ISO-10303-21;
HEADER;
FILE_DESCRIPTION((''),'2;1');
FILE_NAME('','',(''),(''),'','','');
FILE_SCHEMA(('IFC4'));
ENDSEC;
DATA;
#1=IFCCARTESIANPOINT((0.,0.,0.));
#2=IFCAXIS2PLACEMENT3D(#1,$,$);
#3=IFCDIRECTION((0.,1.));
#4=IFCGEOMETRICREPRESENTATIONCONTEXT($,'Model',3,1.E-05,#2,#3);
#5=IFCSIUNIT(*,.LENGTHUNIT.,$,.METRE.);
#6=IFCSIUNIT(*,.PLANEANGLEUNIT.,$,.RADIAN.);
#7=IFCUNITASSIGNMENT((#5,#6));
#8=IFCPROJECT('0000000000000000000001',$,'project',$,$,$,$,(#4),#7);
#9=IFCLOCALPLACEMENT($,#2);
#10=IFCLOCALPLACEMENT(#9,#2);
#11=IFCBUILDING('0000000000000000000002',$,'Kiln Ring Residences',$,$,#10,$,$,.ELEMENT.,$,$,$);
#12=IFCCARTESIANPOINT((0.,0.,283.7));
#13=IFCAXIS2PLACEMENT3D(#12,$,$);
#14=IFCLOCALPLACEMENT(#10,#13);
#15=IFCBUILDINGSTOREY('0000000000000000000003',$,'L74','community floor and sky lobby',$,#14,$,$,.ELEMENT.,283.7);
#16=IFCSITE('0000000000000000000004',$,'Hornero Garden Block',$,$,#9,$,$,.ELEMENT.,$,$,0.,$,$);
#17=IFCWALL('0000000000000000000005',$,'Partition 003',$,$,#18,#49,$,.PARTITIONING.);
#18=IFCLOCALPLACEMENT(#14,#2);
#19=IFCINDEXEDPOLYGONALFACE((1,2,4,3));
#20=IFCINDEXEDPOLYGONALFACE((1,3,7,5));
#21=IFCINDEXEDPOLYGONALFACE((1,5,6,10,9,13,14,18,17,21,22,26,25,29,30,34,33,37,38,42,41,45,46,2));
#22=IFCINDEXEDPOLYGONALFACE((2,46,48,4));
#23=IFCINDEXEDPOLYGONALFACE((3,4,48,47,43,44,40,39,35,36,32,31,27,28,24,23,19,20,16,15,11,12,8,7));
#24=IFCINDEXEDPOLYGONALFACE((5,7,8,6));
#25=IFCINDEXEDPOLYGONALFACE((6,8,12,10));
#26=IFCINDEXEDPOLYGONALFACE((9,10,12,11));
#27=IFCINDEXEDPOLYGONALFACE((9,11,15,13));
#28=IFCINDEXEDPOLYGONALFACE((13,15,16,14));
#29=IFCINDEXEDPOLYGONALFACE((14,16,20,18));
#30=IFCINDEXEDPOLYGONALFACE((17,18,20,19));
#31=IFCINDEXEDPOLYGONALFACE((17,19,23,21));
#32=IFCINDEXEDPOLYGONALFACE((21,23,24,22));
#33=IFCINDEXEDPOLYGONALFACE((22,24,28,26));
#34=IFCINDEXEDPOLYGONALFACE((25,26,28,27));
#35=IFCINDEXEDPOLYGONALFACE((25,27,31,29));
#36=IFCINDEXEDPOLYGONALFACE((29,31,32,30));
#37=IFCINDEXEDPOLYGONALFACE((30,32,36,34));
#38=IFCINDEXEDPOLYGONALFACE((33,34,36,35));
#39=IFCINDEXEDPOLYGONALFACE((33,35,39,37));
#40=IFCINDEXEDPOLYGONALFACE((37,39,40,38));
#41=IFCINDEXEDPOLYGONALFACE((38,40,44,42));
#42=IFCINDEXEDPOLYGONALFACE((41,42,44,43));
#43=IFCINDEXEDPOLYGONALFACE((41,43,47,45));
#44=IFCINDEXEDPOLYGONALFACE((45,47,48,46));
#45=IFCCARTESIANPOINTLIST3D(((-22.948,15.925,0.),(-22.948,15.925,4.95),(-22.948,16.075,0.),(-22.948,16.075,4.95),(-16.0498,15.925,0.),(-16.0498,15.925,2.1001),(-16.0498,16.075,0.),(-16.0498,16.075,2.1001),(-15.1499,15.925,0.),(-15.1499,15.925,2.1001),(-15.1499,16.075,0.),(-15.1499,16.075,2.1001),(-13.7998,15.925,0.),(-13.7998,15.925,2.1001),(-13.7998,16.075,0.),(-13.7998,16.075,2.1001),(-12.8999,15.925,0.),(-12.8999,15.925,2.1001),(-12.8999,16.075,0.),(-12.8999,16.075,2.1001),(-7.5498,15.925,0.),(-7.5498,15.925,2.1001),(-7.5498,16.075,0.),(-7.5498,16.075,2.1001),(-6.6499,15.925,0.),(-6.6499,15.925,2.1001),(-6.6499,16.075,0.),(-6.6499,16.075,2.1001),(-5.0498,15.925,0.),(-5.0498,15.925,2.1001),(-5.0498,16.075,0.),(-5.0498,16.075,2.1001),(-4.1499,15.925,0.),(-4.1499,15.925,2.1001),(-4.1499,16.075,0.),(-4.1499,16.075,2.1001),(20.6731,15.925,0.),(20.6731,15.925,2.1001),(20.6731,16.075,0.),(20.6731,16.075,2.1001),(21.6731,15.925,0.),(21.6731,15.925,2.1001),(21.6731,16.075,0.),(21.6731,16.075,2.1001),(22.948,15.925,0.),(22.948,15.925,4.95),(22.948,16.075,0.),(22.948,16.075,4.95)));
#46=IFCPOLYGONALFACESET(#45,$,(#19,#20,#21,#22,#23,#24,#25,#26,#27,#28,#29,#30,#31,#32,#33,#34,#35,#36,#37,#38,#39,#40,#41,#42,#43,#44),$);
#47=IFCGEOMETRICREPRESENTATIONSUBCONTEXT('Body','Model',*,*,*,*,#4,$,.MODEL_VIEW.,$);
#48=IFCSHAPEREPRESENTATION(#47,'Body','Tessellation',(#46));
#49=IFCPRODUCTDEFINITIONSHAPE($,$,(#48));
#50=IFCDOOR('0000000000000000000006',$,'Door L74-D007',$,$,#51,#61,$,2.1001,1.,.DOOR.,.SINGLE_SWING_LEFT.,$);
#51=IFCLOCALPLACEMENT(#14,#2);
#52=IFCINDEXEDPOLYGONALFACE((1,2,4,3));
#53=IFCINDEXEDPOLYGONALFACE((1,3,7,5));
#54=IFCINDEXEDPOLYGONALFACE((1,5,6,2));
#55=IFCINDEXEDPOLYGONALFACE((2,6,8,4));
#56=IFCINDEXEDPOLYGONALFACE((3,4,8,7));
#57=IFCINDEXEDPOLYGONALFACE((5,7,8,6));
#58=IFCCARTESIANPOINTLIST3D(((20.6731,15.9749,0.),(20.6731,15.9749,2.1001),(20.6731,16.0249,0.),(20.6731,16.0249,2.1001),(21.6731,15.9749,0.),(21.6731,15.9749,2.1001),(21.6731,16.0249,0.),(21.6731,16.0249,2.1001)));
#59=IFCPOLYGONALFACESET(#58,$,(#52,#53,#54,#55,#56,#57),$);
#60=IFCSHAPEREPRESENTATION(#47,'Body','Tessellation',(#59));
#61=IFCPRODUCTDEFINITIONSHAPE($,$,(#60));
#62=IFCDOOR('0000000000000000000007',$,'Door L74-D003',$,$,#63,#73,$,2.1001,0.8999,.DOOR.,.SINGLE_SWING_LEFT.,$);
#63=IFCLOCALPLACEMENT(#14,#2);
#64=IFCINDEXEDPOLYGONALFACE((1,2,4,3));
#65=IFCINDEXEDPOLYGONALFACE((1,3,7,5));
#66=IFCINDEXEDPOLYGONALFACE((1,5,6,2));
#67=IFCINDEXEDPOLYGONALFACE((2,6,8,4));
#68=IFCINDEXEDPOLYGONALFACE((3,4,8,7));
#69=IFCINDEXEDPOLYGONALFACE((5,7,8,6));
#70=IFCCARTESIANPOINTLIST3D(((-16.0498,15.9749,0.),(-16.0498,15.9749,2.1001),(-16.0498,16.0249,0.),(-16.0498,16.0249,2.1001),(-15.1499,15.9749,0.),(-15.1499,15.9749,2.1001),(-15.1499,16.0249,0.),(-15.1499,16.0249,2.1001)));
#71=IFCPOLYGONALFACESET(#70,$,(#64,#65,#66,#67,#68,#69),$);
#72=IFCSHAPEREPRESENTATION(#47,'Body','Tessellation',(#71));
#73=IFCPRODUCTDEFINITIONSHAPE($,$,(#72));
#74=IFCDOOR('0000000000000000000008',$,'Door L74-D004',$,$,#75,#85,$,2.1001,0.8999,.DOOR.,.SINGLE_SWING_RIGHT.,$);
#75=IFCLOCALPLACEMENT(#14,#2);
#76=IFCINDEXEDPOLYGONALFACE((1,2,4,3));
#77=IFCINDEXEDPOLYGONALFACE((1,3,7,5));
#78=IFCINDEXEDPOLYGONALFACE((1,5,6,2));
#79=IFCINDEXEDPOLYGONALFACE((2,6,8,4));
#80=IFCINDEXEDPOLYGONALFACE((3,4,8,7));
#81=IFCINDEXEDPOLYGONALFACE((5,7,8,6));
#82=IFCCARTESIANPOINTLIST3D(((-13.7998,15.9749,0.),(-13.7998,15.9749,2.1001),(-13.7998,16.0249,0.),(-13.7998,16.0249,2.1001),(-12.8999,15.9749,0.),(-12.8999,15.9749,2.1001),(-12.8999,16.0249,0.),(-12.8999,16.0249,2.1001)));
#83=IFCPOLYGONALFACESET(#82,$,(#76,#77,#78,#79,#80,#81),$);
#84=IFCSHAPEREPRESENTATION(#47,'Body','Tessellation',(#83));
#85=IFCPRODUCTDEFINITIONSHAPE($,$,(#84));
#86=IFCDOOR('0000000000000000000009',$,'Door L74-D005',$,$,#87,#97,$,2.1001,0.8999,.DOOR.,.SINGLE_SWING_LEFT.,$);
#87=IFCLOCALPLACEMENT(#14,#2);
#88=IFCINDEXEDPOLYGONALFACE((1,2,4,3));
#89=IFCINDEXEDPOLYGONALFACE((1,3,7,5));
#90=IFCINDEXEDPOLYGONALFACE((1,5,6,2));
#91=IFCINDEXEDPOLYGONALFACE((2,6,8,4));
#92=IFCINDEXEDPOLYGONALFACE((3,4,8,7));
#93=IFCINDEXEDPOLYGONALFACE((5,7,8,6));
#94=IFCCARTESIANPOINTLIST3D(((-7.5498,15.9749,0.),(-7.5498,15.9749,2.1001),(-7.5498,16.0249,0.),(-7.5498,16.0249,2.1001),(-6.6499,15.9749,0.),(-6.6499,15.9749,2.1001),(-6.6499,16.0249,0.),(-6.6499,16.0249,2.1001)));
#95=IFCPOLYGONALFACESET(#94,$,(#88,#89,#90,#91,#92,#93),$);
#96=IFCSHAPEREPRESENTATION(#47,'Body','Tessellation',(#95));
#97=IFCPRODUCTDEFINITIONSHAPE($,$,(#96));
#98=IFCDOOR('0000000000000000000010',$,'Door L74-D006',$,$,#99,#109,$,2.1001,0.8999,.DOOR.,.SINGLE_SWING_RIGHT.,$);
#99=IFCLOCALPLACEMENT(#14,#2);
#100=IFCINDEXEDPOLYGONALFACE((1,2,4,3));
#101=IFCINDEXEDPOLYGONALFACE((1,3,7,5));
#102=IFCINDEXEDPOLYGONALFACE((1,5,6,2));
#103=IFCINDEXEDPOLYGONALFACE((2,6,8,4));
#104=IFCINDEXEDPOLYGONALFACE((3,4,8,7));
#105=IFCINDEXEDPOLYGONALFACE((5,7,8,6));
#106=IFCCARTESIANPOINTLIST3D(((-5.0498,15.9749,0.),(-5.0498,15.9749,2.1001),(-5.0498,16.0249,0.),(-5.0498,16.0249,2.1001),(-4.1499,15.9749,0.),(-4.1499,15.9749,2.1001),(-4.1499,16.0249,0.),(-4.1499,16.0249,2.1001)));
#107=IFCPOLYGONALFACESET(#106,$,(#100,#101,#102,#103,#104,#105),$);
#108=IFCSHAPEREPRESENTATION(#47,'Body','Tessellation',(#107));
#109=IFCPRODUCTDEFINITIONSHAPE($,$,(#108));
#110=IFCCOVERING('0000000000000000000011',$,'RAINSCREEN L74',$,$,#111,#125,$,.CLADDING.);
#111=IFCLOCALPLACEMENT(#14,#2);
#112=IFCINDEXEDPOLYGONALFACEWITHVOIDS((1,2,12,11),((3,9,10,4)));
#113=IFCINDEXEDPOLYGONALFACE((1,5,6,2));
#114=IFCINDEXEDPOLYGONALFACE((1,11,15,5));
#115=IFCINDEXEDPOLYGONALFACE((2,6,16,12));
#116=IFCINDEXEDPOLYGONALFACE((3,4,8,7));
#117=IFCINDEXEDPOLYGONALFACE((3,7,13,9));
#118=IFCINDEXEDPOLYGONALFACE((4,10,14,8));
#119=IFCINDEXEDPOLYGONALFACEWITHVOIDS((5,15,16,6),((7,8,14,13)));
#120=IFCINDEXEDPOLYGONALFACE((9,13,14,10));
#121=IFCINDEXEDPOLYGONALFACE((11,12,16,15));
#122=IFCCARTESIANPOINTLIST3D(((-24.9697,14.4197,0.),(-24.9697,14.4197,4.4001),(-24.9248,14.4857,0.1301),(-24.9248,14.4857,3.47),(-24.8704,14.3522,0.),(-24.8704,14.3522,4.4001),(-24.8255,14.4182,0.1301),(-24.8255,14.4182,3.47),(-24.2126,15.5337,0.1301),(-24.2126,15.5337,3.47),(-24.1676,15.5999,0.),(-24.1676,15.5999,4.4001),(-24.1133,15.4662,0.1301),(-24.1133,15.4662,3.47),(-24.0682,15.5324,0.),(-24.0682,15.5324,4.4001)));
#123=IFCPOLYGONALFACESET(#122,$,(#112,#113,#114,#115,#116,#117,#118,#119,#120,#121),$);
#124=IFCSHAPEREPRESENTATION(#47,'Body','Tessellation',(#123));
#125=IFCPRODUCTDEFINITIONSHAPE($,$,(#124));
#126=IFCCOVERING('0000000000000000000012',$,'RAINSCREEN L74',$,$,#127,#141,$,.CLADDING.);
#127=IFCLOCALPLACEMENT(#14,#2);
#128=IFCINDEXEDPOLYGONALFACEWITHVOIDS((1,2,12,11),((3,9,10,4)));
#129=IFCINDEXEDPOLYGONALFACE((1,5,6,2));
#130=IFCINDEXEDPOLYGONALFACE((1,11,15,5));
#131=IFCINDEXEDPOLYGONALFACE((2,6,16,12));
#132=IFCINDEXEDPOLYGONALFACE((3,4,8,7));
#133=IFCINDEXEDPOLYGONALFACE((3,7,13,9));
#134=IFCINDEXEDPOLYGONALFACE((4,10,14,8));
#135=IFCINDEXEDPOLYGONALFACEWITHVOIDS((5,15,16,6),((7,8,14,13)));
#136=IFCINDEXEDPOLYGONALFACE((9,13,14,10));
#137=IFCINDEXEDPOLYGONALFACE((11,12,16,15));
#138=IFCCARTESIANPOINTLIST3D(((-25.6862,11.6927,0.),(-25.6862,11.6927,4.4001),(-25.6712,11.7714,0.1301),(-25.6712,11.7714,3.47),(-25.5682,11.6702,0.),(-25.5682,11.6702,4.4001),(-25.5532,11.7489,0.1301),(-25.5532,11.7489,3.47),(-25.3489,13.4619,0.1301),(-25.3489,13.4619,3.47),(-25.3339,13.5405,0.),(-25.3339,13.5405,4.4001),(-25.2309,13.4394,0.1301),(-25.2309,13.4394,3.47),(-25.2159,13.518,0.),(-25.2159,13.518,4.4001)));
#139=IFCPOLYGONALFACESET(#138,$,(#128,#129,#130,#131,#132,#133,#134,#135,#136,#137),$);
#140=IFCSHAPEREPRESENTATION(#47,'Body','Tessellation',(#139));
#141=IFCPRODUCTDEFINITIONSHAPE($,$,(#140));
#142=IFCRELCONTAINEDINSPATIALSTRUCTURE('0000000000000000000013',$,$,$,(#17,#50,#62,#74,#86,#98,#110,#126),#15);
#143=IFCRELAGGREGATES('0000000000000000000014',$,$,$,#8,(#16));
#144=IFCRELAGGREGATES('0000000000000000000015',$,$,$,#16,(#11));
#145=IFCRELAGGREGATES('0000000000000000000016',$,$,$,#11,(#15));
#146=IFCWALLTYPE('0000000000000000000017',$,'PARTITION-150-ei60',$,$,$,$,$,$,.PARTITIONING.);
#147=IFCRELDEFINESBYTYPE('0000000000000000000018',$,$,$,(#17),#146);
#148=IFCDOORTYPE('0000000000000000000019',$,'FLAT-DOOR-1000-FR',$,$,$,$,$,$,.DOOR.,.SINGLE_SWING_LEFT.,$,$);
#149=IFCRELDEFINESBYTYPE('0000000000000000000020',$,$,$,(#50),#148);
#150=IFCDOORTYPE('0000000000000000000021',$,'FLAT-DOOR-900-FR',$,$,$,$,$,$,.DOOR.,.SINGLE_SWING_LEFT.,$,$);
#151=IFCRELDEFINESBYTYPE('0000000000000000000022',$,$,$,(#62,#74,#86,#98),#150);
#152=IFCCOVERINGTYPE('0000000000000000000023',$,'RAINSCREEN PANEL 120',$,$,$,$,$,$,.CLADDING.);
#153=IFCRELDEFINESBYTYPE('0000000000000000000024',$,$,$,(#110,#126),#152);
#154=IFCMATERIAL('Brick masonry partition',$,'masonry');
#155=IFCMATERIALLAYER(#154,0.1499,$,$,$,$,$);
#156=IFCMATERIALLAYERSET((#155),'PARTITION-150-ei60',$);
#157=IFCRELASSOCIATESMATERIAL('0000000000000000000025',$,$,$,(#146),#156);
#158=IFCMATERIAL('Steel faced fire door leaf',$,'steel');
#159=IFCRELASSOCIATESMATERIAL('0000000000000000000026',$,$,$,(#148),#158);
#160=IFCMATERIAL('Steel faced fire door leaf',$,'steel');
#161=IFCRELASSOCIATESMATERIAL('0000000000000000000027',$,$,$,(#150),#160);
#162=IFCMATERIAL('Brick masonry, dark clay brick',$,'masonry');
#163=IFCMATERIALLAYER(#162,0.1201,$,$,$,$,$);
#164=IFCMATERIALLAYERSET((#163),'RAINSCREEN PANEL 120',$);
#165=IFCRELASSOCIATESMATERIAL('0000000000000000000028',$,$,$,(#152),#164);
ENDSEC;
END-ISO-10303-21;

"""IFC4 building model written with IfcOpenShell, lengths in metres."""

from ifc_helpers import new_model, si_unit, direction, frame, frame_2d, origin, place, context, subcontext, project, spatial, polyline, rectangle, outline, extrude, material, layer, layer_set, type_object, element, fill, save


model = new_model("IFC4")

# Units and contexts
model_context = context("Model", 3, precision=1e-05, world=origin(), true_north=direction((0.0, 1.0)))
body_context = subcontext(model_context, "Body", "Model", "MODEL_VIEW")
ifc_project = project(units=[si_unit("LENGTHUNIT", "METRE"), si_unit("PLANEANGLEUNIT", "RADIAN")], contexts=[model_context])

# Site, building, storey
site_placement = place(None, origin())
site = spatial("IfcSite", under=ifc_project, at=site_placement, Name="Hornero Garden Block", CompositionType="ELEMENT", RefElevation=0.0)
building_placement = place(site_placement, origin())
building = spatial("IfcBuilding", under=site, at=building_placement, Name="Kiln Ring Residences", CompositionType="ELEMENT")
storey_placement = place(building_placement, frame((0.0, 0.0, 283.7)))
storey = spatial("IfcBuildingStorey", under=building, at=storey_placement, Name="L74", Description="community floor and sky lobby", CompositionType="ELEMENT", Elevation=283.7)

# Wall, openings, doors
ifc_material_1 = material(Name="Brick masonry partition", Category="masonry")
ifc_layer_1 = layer(ifc_material_1, 0.1499)
ifc_layer_set_1 = layer_set([ifc_layer_1], Name="PARTITION-150-ei60")
wall_type = type_object("IfcWallType", Name="PARTITION-150-ei60", PredefinedType="PARTITIONING", material=ifc_layer_set_1)
wall_placement = place(storey_placement, frame((-22.948, 16.0, 0.0), z_axis=(0.0, 0.0, 1.0), x_axis=(1.0, 0.0, 0.0)))
wall = element("IfcWall", 1, at=wall_placement, inside=storey, type_object=wall_type, Name="Partition 003", PredefinedType="PARTITIONING", context=body_context, shape_type="SweptSolid", body=[
    extrude(rectangle(XDim=45.896, YDim=0.1499, at=frame_2d((22.948, 0.0))), origin(), (0.0, 0.0, 1.0), 4.95),
])
opening_1_placement = place(wall_placement, frame((6.8982, 0.0, 0.0)))
opening_1 = element("IfcOpeningElement", 2, at=opening_1_placement, cuts=wall, PredefinedType="OPENING", context=body_context, shape_type="SweptSolid", body=[
    extrude(rectangle(XDim=0.8999, YDim=2.1001, at=frame_2d((0.45, 1.05))), frame((0.0, 0.085, 0.0), z_axis=(0.0, -1.0, 0.0), x_axis=(1.0, 0.0, 0.0)), (0.0, 0.0, 1.0), 0.1699),
])
opening_2_placement = place(wall_placement, frame((9.1482, 0.0, 0.0)))
opening_2 = element("IfcOpeningElement", 3, at=opening_2_placement, cuts=wall, PredefinedType="OPENING", context=body_context, shape_type="SweptSolid", body=[
    extrude(rectangle(XDim=0.8999, YDim=2.1001, at=frame_2d((0.45, 1.05))), frame((0.0, 0.085, 0.0), z_axis=(0.0, -1.0, 0.0), x_axis=(1.0, 0.0, 0.0)), (0.0, 0.0, 1.0), 0.1699),
])
opening_3_placement = place(wall_placement, frame((15.3982, 0.0, 0.0)))
opening_3 = element("IfcOpeningElement", 4, at=opening_3_placement, cuts=wall, PredefinedType="OPENING", context=body_context, shape_type="SweptSolid", body=[
    extrude(rectangle(XDim=0.8999, YDim=2.1001, at=frame_2d((0.45, 1.05))), frame((0.0, 0.085, 0.0), z_axis=(0.0, -1.0, 0.0), x_axis=(1.0, 0.0, 0.0)), (0.0, 0.0, 1.0), 0.1699),
])
opening_4_placement = place(wall_placement, frame((17.8982, 0.0, 0.0)))
opening_4 = element("IfcOpeningElement", 5, at=opening_4_placement, cuts=wall, PredefinedType="OPENING", context=body_context, shape_type="SweptSolid", body=[
    extrude(rectangle(XDim=0.8999, YDim=2.1001, at=frame_2d((0.45, 1.05))), frame((0.0, 0.085, 0.0), z_axis=(0.0, -1.0, 0.0), x_axis=(1.0, 0.0, 0.0)), (0.0, 0.0, 1.0), 0.1699),
])
opening_5_placement = place(wall_placement, frame((43.6211, 0.0, 0.0)))
opening_5 = element("IfcOpeningElement", 6, at=opening_5_placement, cuts=wall, PredefinedType="OPENING", context=body_context, shape_type="SweptSolid", body=[
    extrude(rectangle(XDim=1.0, YDim=2.1001, at=frame_2d((0.5, 1.05))), frame((0.0, 0.085, 0.0), z_axis=(0.0, -1.0, 0.0), x_axis=(1.0, 0.0, 0.0)), (0.0, 0.0, 1.0), 0.1699),
])
ifc_material_2 = material(Name="Steel faced fire door leaf", Category="steel")
door_type_1 = type_object("IfcDoorType", Name="FLAT-DOOR-1000-FR", OperationType="SINGLE_SWING_LEFT", PredefinedType="DOOR", material=ifc_material_2)
door_1_placement = place(opening_5_placement, origin())
door_1 = element("IfcDoor", 7, at=door_1_placement, inside=storey, type_object=door_type_1, Name="Door L74-D007", OperationType="SINGLE_SWING_LEFT", OverallHeight=2.1001, OverallWidth=1.0, PredefinedType="DOOR", context=body_context, shape_type="SweptSolid", body=[
    extrude(rectangle(XDim=1.0, YDim=2.1001, at=frame_2d((0.5, 1.05))), frame((0.0, 0.0249, 0.0), z_axis=(0.0, -1.0, 0.0), x_axis=(1.0, 0.0, 0.0)), (0.0, 0.0, 1.0), 0.05),
])
fill(opening_5, door_1)
ifc_material_3 = material(Name="Steel faced fire door leaf", Category="steel")
door_type_2 = type_object("IfcDoorType", Name="FLAT-DOOR-900-FR", OperationType="SINGLE_SWING_LEFT", PredefinedType="DOOR", material=ifc_material_3)
door_2_placement = place(opening_1_placement, origin())
door_2 = element("IfcDoor", 8, at=door_2_placement, inside=storey, type_object=door_type_2, Name="Door L74-D003", OperationType="SINGLE_SWING_LEFT", OverallHeight=2.1001, OverallWidth=0.8999, PredefinedType="DOOR", context=body_context, shape_type="SweptSolid", body=[
    extrude(rectangle(XDim=0.8999, YDim=2.1001, at=frame_2d((0.45, 1.05))), frame((0.0, 0.0249, 0.0), z_axis=(0.0, -1.0, 0.0), x_axis=(1.0, 0.0, 0.0)), (0.0, 0.0, 1.0), 0.05),
])
fill(opening_1, door_2)
door_3_placement = place(opening_2_placement, origin())
door_3 = element("IfcDoor", 9, at=door_3_placement, inside=storey, type_object=door_type_2, Name="Door L74-D004", OperationType="SINGLE_SWING_RIGHT", OverallHeight=2.1001, OverallWidth=0.8999, PredefinedType="DOOR", context=body_context, shape_type="SweptSolid", body=[
    extrude(rectangle(XDim=0.8999, YDim=2.1001, at=frame_2d((0.45, 1.05))), frame((0.0, 0.0249, 0.0), z_axis=(0.0, -1.0, 0.0), x_axis=(1.0, 0.0, 0.0)), (0.0, 0.0, 1.0), 0.05),
])
fill(opening_2, door_3)
door_4_placement = place(opening_3_placement, origin())
door_4 = element("IfcDoor", 10, at=door_4_placement, inside=storey, type_object=door_type_2, Name="Door L74-D005", OperationType="SINGLE_SWING_LEFT", OverallHeight=2.1001, OverallWidth=0.8999, PredefinedType="DOOR", context=body_context, shape_type="SweptSolid", body=[
    extrude(rectangle(XDim=0.8999, YDim=2.1001, at=frame_2d((0.45, 1.05))), frame((0.0, 0.0249, 0.0), z_axis=(0.0, -1.0, 0.0), x_axis=(1.0, 0.0, 0.0)), (0.0, 0.0, 1.0), 0.05),
])
fill(opening_3, door_4)
door_5_placement = place(opening_4_placement, origin())
door_5 = element("IfcDoor", 11, at=door_5_placement, inside=storey, type_object=door_type_2, Name="Door L74-D006", OperationType="SINGLE_SWING_RIGHT", OverallHeight=2.1001, OverallWidth=0.8999, PredefinedType="DOOR", context=body_context, shape_type="SweptSolid", body=[
    extrude(rectangle(XDim=0.8999, YDim=2.1001, at=frame_2d((0.45, 1.05))), frame((0.0, 0.0249, 0.0), z_axis=(0.0, -1.0, 0.0), x_axis=(1.0, 0.0, 0.0)), (0.0, 0.0, 1.0), 0.05),
])
fill(opening_4, door_5)

# Coverings
ifc_material_4 = material(Name="Brick masonry, dark clay brick", Category="masonry")
ifc_layer_2 = layer(ifc_material_4, 0.1201)
ifc_layer_set_2 = layer_set([ifc_layer_2], Name="RAINSCREEN PANEL 120")
covering_type = type_object("IfcCoveringType", Name="RAINSCREEN PANEL 120", PredefinedType="CLADDING", material=ifc_layer_set_2)
covering_1_placement = place(storey_placement, frame((-24.1179, 15.5662, 0.0), z_axis=(0.0, 0.0, 1.0), x_axis=(-0.562099, -0.82707, 0.0)))
element("IfcCovering", 12, at=covering_1_placement, inside=storey, type_object=covering_type, Name="RAINSCREEN L74", PredefinedType="CLADDING", context=body_context, shape_type="SweptSolid", body=[
    extrude(outline(polyline([(0.0, 0.0), (1.427, 0.0), (1.427, 4.4001), (0.0, 4.4001), (0.0, 0.0)]), holes=[polyline([(0.0801, 3.47), (0.0801, 0.1301), (1.3472, 0.1301), (1.3472, 3.47), (0.0801, 3.47)])]), frame((0.0, 0.0601, 0.0), z_axis=(0.0, -1.0, 0.0), x_axis=(1.0, 0.0, 0.0)), (0.0, 0.0, 1.0), 0.1201),
])
covering_2_placement = place(storey_placement, frame((-25.2749, 13.5293, 0.0), z_axis=(0.0, 0.0, 1.0), x_axis=(-0.187273, -0.982308, 0.0)))
element("IfcCovering", 13, at=covering_2_placement, inside=storey, type_object=covering_type, Name="RAINSCREEN L74", PredefinedType="CLADDING", context=body_context, shape_type="SweptSolid", body=[
    extrude(outline(polyline([(0.0, 0.0), (1.8811, 0.0), (1.8811, 4.4001), (0.0, 4.4001), (0.0, 0.0)]), holes=[polyline([(0.0801, 3.47), (0.0801, 0.1301), (1.801, 0.1301), (1.801, 3.47), (0.0801, 3.47)])]), frame((0.0, 0.0601, 0.0), z_axis=(0.0, -1.0, 0.0), x_axis=(1.0, 0.0, 0.0)), (0.0, 0.0, 1.0), 0.1201),
])

save(model, "model.ifc")
